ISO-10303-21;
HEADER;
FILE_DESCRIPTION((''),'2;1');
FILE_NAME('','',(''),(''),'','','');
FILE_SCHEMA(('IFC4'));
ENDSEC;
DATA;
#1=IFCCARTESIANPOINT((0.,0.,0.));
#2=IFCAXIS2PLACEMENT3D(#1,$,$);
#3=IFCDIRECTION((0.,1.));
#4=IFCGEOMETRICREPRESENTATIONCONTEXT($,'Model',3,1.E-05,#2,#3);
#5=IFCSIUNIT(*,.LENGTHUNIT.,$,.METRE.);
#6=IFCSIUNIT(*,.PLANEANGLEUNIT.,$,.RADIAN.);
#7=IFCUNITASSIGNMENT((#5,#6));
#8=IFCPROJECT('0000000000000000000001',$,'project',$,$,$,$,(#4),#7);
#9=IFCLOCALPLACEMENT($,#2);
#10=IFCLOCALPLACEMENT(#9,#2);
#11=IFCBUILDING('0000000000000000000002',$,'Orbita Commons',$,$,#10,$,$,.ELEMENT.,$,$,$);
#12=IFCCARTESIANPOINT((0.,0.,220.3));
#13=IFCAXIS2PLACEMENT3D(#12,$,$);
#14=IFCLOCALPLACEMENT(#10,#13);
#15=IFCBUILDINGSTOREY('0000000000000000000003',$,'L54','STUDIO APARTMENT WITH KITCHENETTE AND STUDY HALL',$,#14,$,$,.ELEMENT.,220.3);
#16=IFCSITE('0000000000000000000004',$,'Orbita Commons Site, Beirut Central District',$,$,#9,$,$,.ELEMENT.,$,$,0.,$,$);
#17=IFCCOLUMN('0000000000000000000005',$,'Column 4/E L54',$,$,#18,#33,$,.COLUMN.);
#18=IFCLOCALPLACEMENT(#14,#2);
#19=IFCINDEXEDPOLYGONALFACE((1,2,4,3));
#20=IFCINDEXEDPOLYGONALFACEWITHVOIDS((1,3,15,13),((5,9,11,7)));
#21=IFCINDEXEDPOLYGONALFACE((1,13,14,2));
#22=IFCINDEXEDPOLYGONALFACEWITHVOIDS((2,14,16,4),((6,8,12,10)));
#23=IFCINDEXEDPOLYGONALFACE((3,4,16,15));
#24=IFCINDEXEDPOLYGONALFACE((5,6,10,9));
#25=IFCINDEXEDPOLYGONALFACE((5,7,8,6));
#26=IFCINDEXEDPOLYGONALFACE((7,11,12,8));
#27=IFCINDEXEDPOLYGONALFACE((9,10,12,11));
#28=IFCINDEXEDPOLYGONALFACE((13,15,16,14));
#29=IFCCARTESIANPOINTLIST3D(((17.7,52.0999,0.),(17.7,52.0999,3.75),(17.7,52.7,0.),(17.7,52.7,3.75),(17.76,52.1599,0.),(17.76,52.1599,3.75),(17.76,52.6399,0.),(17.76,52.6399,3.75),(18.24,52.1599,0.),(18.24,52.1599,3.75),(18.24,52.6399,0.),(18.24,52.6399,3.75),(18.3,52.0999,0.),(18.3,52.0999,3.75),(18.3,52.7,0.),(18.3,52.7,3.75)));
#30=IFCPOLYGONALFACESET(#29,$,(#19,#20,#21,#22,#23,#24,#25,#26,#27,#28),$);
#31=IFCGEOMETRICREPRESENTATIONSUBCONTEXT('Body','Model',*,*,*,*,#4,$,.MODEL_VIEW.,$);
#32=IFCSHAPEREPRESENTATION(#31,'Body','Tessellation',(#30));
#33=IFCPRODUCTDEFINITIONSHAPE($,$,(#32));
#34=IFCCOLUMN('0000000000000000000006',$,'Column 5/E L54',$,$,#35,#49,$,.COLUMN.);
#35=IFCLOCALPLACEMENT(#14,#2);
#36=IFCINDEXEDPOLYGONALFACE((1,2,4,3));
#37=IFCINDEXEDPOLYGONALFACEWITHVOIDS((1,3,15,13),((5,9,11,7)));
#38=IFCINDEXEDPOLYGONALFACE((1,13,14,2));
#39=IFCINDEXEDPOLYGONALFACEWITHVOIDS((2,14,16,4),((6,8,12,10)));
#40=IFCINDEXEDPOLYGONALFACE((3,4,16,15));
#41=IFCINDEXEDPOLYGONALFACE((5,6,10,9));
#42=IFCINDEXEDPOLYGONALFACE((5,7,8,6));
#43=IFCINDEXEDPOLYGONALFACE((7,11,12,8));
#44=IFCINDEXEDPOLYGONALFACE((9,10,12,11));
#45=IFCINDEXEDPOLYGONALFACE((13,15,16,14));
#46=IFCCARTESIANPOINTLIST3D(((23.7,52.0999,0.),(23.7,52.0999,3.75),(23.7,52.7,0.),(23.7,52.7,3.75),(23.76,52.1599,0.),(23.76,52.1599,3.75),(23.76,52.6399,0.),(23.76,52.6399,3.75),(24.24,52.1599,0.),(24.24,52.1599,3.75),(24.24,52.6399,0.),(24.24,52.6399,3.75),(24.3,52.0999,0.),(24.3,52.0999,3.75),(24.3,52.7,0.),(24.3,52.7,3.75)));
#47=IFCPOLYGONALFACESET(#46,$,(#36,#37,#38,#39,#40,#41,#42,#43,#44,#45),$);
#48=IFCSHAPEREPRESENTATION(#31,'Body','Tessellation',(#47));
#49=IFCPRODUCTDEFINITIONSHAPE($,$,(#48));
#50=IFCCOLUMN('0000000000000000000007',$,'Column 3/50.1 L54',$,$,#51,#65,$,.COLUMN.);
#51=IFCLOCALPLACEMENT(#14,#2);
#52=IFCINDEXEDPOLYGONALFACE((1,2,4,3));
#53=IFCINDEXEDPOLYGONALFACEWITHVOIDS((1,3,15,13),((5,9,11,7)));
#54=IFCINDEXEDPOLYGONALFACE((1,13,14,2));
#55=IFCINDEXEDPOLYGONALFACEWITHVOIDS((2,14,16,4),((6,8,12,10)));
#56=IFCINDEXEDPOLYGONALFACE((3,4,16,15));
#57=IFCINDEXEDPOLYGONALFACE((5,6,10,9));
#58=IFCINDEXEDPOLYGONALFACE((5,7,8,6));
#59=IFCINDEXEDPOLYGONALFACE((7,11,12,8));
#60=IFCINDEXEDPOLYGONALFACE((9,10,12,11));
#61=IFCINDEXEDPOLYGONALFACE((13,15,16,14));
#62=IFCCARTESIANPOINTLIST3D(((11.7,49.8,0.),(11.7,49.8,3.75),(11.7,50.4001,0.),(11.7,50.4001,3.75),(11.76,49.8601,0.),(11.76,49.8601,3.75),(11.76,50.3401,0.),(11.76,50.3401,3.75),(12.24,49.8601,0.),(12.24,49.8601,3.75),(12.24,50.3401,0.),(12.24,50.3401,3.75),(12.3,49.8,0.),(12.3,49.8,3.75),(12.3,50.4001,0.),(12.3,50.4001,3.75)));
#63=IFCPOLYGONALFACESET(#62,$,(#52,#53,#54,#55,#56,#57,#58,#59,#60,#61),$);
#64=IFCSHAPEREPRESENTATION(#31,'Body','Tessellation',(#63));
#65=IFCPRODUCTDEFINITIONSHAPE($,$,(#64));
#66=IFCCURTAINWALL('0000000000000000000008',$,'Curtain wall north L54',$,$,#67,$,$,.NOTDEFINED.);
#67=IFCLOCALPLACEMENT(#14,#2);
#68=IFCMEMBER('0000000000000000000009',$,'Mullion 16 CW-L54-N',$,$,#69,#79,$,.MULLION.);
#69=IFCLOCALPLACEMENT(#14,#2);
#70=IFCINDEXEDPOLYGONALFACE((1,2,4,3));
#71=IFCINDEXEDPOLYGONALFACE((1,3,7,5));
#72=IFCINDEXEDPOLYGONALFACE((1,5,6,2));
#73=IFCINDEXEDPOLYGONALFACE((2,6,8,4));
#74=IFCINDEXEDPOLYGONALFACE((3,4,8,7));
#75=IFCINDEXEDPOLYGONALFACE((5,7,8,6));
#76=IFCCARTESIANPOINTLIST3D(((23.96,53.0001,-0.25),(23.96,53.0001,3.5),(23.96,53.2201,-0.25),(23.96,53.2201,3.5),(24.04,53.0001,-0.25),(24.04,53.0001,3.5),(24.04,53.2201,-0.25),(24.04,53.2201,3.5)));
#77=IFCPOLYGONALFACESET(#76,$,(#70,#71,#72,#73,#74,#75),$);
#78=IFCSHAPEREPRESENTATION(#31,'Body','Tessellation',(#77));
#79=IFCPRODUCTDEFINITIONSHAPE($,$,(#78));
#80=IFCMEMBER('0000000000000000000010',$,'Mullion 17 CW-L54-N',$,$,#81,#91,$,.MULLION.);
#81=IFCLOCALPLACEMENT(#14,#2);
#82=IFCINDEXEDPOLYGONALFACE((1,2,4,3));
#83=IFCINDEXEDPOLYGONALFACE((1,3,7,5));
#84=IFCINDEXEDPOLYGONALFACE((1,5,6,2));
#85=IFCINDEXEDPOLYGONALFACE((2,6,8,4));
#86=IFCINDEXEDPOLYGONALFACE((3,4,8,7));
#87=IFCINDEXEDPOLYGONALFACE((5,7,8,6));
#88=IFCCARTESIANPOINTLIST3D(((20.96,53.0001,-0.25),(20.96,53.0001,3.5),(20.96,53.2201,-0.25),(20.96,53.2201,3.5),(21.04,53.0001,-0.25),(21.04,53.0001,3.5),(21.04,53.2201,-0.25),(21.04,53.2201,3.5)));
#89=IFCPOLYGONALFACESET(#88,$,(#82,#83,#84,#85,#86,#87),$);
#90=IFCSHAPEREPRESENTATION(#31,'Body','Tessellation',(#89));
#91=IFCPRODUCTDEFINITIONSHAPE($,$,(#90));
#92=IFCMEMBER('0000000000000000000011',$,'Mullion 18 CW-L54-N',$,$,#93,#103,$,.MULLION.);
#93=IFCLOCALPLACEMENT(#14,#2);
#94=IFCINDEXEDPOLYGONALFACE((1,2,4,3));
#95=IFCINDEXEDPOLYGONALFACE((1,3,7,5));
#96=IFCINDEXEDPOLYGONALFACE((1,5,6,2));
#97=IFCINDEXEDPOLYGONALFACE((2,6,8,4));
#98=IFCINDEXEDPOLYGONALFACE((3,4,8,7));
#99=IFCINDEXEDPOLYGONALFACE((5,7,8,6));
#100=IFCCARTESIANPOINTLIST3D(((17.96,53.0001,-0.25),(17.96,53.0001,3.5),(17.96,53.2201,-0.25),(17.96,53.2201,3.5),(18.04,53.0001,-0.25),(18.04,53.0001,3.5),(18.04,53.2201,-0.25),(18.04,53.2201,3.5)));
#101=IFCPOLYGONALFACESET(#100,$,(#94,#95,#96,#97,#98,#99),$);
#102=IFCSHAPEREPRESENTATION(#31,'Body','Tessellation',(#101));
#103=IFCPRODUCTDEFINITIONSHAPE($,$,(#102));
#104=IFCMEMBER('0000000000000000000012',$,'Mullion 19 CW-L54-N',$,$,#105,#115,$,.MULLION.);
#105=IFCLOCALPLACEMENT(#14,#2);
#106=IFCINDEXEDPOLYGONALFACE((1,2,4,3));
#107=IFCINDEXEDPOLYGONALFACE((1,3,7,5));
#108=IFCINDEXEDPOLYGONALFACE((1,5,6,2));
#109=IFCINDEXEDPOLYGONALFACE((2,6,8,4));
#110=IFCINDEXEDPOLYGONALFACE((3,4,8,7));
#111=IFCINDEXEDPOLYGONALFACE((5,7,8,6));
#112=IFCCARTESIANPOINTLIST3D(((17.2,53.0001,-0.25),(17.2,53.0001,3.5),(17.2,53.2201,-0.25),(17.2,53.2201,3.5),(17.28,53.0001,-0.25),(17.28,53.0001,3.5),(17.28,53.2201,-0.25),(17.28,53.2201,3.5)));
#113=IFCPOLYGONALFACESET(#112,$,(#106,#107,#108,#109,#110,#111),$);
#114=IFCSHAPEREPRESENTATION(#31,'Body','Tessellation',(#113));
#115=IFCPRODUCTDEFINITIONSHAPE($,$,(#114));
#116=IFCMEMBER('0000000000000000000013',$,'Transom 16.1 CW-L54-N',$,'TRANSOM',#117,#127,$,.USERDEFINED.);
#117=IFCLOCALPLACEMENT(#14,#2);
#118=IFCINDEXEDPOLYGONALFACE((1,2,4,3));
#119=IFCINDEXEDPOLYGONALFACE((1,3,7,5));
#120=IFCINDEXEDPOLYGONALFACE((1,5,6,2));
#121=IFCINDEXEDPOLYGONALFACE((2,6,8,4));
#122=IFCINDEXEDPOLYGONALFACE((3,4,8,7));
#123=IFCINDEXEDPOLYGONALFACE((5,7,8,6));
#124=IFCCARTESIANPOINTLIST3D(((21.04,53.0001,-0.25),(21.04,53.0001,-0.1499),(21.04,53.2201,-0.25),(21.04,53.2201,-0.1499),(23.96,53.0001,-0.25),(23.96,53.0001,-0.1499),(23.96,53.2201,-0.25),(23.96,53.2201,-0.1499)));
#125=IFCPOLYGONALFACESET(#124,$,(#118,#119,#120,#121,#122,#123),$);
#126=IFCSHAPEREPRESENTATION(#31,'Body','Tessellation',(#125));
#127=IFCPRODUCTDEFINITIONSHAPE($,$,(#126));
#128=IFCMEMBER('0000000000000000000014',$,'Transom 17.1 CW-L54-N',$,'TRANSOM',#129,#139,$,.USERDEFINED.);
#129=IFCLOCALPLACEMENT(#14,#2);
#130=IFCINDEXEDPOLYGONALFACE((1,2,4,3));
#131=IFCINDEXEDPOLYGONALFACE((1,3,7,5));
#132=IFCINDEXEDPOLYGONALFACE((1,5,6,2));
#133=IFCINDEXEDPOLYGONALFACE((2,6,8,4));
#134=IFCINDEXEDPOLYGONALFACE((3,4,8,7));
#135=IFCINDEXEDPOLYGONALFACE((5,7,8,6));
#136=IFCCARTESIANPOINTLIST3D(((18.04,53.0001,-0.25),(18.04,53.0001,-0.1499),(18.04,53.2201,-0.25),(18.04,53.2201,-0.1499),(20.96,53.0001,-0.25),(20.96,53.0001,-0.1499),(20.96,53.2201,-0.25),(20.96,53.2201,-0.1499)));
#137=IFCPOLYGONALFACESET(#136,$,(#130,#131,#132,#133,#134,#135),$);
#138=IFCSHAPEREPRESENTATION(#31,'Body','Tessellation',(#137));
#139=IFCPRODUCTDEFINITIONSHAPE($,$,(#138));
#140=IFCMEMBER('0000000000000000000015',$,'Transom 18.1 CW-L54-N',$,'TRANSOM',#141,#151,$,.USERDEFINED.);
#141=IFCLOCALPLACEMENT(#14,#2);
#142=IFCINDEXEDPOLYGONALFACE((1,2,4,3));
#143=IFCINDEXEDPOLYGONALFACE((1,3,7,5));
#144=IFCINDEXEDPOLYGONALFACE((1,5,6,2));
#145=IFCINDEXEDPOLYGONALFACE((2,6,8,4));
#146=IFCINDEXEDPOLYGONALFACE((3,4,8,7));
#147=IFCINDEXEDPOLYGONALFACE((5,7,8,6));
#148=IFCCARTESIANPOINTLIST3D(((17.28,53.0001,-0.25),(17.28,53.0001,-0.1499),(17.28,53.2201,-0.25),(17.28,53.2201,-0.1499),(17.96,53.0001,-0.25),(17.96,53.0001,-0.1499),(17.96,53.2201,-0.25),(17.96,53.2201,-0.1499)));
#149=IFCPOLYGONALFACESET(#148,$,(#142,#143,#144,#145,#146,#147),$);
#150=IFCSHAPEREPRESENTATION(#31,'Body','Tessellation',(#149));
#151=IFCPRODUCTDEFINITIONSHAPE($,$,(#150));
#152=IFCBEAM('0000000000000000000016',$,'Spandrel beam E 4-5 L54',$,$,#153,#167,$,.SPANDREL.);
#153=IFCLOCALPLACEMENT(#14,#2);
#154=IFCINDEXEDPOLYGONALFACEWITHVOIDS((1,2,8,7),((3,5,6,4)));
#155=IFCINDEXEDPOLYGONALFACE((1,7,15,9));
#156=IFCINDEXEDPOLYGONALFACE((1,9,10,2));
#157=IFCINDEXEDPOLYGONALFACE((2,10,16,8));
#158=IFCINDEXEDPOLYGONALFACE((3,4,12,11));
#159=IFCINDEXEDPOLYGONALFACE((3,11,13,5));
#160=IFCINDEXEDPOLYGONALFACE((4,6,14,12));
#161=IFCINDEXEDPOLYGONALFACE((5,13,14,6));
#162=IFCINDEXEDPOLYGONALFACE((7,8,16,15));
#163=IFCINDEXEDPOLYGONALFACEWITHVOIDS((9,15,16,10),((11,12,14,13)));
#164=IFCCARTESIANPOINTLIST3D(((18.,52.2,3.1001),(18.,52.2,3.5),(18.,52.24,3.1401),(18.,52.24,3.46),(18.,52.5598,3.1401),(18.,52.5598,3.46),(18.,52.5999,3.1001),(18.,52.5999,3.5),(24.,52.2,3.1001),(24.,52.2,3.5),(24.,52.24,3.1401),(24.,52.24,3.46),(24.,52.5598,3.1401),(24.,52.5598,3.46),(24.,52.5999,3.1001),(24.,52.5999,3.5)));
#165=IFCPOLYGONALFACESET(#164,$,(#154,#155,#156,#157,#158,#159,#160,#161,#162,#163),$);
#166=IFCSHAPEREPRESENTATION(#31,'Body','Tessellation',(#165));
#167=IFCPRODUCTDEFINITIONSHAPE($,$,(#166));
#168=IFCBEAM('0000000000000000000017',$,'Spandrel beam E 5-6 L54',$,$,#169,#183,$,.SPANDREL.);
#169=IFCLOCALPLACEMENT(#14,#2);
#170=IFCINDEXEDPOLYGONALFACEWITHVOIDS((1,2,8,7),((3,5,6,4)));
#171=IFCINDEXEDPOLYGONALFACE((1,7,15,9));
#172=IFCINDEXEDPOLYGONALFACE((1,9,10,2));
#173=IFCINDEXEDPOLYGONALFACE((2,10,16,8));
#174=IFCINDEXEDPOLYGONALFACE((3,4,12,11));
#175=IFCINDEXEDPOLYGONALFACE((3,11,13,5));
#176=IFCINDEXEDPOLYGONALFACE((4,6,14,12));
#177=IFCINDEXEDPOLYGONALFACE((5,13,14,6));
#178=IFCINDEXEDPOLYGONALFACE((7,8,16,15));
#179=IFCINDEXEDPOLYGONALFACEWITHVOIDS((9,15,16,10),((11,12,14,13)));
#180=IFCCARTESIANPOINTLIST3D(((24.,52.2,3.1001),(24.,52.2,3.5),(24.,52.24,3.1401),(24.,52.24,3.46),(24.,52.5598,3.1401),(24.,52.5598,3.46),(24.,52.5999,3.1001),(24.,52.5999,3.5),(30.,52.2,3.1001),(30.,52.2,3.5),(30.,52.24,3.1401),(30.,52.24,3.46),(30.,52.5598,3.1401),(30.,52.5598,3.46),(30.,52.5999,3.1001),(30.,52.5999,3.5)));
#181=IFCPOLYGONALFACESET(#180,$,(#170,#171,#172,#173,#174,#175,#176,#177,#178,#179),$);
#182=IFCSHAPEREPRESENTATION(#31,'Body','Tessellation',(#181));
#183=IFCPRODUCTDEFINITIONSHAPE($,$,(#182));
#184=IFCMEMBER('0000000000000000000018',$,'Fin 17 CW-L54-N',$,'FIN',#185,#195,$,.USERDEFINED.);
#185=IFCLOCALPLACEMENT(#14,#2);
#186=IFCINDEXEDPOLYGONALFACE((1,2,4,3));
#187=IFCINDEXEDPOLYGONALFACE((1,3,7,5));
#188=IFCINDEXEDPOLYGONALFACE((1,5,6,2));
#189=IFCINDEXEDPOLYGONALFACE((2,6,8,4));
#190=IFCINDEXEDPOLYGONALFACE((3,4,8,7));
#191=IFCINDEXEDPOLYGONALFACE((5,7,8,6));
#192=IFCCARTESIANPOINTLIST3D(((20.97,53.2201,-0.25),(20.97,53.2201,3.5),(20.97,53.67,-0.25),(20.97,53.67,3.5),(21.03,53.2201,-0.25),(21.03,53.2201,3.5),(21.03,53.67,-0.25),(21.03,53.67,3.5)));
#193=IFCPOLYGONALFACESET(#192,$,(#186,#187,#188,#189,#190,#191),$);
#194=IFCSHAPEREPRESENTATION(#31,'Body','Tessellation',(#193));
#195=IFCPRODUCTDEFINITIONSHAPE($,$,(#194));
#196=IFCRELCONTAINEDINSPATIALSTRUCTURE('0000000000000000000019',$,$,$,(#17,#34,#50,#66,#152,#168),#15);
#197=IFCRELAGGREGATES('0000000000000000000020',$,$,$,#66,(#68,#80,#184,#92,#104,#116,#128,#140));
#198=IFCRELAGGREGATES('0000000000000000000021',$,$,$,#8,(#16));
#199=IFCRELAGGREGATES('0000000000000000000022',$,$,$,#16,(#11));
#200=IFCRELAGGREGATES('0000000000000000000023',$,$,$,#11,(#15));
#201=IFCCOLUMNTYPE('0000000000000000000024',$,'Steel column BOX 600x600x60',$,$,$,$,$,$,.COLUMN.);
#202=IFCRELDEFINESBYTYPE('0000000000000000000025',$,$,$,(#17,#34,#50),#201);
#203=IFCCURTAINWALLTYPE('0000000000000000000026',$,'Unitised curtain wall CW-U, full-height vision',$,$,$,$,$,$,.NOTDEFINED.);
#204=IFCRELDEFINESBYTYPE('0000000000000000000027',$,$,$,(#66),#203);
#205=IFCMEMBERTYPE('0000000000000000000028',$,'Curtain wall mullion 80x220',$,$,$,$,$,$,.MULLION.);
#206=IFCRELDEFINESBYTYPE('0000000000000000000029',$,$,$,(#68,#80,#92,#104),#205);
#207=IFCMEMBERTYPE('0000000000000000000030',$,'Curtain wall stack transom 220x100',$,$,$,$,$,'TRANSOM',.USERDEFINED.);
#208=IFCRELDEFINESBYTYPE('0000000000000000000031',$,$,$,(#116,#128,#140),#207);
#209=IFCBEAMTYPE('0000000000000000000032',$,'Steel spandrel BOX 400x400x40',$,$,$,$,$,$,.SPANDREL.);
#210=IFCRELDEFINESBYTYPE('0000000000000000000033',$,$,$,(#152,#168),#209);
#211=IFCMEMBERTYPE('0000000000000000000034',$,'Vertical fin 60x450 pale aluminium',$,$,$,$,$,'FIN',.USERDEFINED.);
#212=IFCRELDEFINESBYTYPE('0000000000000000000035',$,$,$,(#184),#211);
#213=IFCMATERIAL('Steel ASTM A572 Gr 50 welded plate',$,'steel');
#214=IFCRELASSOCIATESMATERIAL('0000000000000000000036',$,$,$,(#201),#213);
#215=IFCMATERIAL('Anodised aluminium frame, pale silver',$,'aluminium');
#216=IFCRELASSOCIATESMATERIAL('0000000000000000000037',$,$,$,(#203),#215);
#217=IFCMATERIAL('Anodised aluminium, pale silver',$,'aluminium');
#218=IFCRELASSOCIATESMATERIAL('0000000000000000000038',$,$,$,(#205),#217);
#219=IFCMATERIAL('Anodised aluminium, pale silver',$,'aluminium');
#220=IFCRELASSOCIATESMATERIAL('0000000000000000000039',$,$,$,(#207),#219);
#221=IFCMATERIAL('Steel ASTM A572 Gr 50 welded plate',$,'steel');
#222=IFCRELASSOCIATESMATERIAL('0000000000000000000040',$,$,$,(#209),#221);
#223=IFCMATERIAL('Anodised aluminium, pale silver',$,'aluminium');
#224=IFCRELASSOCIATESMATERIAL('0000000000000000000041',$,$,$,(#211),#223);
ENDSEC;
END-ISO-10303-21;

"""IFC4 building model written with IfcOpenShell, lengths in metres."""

from ifc_helpers import new_model, si_unit, direction, frame, origin, origin_2d, place, context, subcontext, project, spatial, rectangle, hollow_rectangle, extrude, material, material_profile, profile_set, type_object, element, aggregate, save


model = new_model("IFC4")

# Units and contexts
model_context = context("Model", 3, precision=1e-05, world=origin(), true_north=direction((0.0, 1.0)))
body_context = subcontext(model_context, "Body", "Model", "MODEL_VIEW")
ifc_project = project(units=[si_unit("LENGTHUNIT", "METRE"), si_unit("PLANEANGLEUNIT", "RADIAN")], contexts=[model_context])

# Site, building, storey
site_placement = place(None, origin())
site = spatial("IfcSite", under=ifc_project, at=site_placement, Name="Orbita Commons Site, Beirut Central District", CompositionType="ELEMENT", RefElevation=0.0)
building_placement = place(site_placement, origin())
building = spatial("IfcBuilding", under=site, at=building_placement, Name="Orbita Commons", CompositionType="ELEMENT")
storey_placement = place(building_placement, frame((0.0, 0.0, 220.3)))
storey = spatial("IfcBuildingStorey", under=building, at=storey_placement, Name="L54", Description="STUDIO APARTMENT WITH KITCHENETTE AND STUDY HALL", CompositionType="ELEMENT", Elevation=220.3)

# Columns
ifc_material_1 = material(Name="Steel ASTM A572 Gr 50 welded plate", Category="steel")
ifc_material_profile_1 = material_profile(ifc_material_1, hollow_rectangle(XDim=0.6001, YDim=0.6001, WallThickness=0.0601, at=origin_2d()), Name="BOX 600x600x60")
ifc_profile_set_1 = profile_set([ifc_material_profile_1], Name="Steel ASTM A572 Gr 50 welded plate")
column_type = type_object("IfcColumnType", Name="Steel column BOX 600x600x60", PredefinedType="COLUMN", material=ifc_profile_set_1)
for number, where, z_axis, x_axis, name in (
    (1, (18.0, 52.3999, 0.0), (0.0, 0.0, 1.0), (1.0, 0.0, 0.0), "Column 4/E L54"),
    (2, (24.0, 52.3999, 0.0), (0.0, 0.0, 1.0), (1.0, 0.0, 0.0), "Column 5/E L54"),
    (3, (12.0, 50.1001, 0.0), (0.0, 0.0, 1.0), (1.0, 0.0, 0.0), "Column 3/50.1 L54"),
):
    element("IfcColumn", number, at=place(storey_placement, frame(where, z_axis=z_axis, x_axis=x_axis)), inside=storey, type_object=column_type, Name=name, PredefinedType="COLUMN", context=body_context, shape_type="SweptSolid", body=[
        extrude(hollow_rectangle(XDim=0.6001, YDim=0.6001, WallThickness=0.0601, at=origin_2d()), origin(), (0.0, 0.0, 1.0), 3.75),
    ])

# Curtain wall, members
ifc_material_2 = material(Name="Anodised aluminium frame, pale silver", Category="aluminium")
curtain_wall_type = type_object("IfcCurtainWallType", Name="Unitised curtain wall CW-U, full-height vision", PredefinedType="NOTDEFINED", material=ifc_material_2)
curtain_wall_placement = place(storey_placement, origin())
curtain_wall = element("IfcCurtainWall", 4, at=curtain_wall_placement, inside=storey, type_object=curtain_wall_type, Name="Curtain wall north L54", PredefinedType="NOTDEFINED")
ifc_material_3 = material(Name="Anodised aluminium, pale silver", Category="aluminium")
ifc_material_profile_2 = material_profile(ifc_material_3, rectangle(XDim=0.0801, YDim=0.22, at=origin_2d()), Name="AL 80x220")
ifc_profile_set_2 = profile_set([ifc_material_profile_2], Name="Anodised aluminium, pale silver")
member_type_1 = type_object("IfcMemberType", Name="Curtain wall mullion 80x220", PredefinedType="MULLION", material=ifc_profile_set_2)
member_1_placement = place(storey_placement, frame((24.0, 53.1101, -0.25), z_axis=(0.0, 0.0, 1.0), x_axis=(-1.0, 0.0, 0.0)))
member_1 = element("IfcMember", 5, at=member_1_placement, type_object=member_type_1, Name="Mullion 16 CW-L54-N", PredefinedType="MULLION", context=body_context, shape_type="SweptSolid", body=[
    extrude(rectangle(XDim=0.0801, YDim=0.22, at=origin_2d()), origin(), (0.0, 0.0, 1.0), 3.75),
])
member_2_placement = place(storey_placement, frame((21.0, 53.1101, -0.25), z_axis=(0.0, 0.0, 1.0), x_axis=(-1.0, 0.0, 0.0)))
member_2 = element("IfcMember", 6, at=member_2_placement, type_object=member_type_1, Name="Mullion 17 CW-L54-N", PredefinedType="MULLION", context=body_context, shape_type="SweptSolid", body=[
    extrude(rectangle(XDim=0.0801, YDim=0.22, at=origin_2d()), origin(), (0.0, 0.0, 1.0), 3.75),
])
member_3_placement = place(storey_placement, frame((18.0, 53.1101, -0.25), z_axis=(0.0, 0.0, 1.0), x_axis=(-1.0, 0.0, 0.0)))
member_3 = element("IfcMember", 7, at=member_3_placement, type_object=member_type_1, Name="Mullion 18 CW-L54-N", PredefinedType="MULLION", context=body_context, shape_type="SweptSolid", body=[
    extrude(rectangle(XDim=0.0801, YDim=0.22, at=origin_2d()), origin(), (0.0, 0.0, 1.0), 3.75),
])
member_4_placement = place(storey_placement, frame((17.24, 53.1101, -0.25), z_axis=(0.0, 0.0, 1.0), x_axis=(-1.0, 0.0, 0.0)))
member_4 = element("IfcMember", 8, at=member_4_placement, type_object=member_type_1, Name="Mullion 19 CW-L54-N", PredefinedType="MULLION", context=body_context, shape_type="SweptSolid", body=[
    extrude(rectangle(XDim=0.0801, YDim=0.22, at=origin_2d()), origin(), (0.0, 0.0, 1.0), 3.75),
])
ifc_material_4 = material(Name="Anodised aluminium, pale silver", Category="aluminium")
ifc_material_profile_3 = material_profile(ifc_material_4, rectangle(XDim=0.22, YDim=0.1001, at=origin_2d()), Name="AL 220x100")
ifc_profile_set_3 = profile_set([ifc_material_profile_3], Name="Anodised aluminium, pale silver")
member_type_2 = type_object("IfcMemberType", Name="Curtain wall stack transom 220x100", ElementType="TRANSOM", PredefinedType="USERDEFINED", material=ifc_profile_set_3)
member_5_placement = place(storey_placement, frame((23.96, 53.1101, -0.2), z_axis=(-1.0, 0.0, 0.0), x_axis=(0.0, -1.0, 0.0)))
member_5 = element("IfcMember", 9, at=member_5_placement, type_object=member_type_2, Name="Transom 16.1 CW-L54-N", ObjectType="TRANSOM", PredefinedType="USERDEFINED", context=body_context, shape_type="SweptSolid", body=[
    extrude(rectangle(XDim=0.22, YDim=0.1001, at=origin_2d()), origin(), (0.0, 0.0, 1.0), 2.9199),
])
member_6_placement = place(storey_placement, frame((20.96, 53.1101, -0.2), z_axis=(-1.0, 0.0, 0.0), x_axis=(0.0, -1.0, 0.0)))
member_6 = element("IfcMember", 10, at=member_6_placement, type_object=member_type_2, Name="Transom 17.1 CW-L54-N", ObjectType="TRANSOM", PredefinedType="USERDEFINED", context=body_context, shape_type="SweptSolid", body=[
    extrude(rectangle(XDim=0.22, YDim=0.1001, at=origin_2d()), origin(), (0.0, 0.0, 1.0), 2.9199),
])
member_7_placement = place(storey_placement, frame((17.96, 53.1101, -0.2), z_axis=(-1.0, 0.0, 0.0), x_axis=(0.0, -1.0, 0.0)))
member_7 = element("IfcMember", 11, at=member_7_placement, type_object=member_type_2, Name="Transom 18.1 CW-L54-N", ObjectType="TRANSOM", PredefinedType="USERDEFINED", context=body_context, shape_type="SweptSolid", body=[
    extrude(rectangle(XDim=0.22, YDim=0.1001, at=origin_2d()), origin(), (0.0, 0.0, 1.0), 0.6799),
])

# Beams
ifc_material_5 = material(Name="Steel ASTM A572 Gr 50 welded plate", Category="steel")
ifc_material_profile_4 = material_profile(ifc_material_5, hollow_rectangle(XDim=0.3999, YDim=0.3999, WallThickness=0.04, at=origin_2d()), Name="BOX 400x400x40")
ifc_profile_set_4 = profile_set([ifc_material_profile_4], Name="Steel ASTM A572 Gr 50 welded plate")
beam_type = type_object("IfcBeamType", Name="Steel spandrel BOX 400x400x40", PredefinedType="SPANDREL", material=ifc_profile_set_4)
for number, where, z_axis, x_axis, name in (
    (12, (18.0, 52.3999, 3.3), (1.0, 0.0, 0.0), (0.0, 1.0, 0.0), "Spandrel beam E 4-5 L54"),
    (13, (24.0, 52.3999, 3.3), (1.0, 0.0, 0.0), (0.0, 1.0, 0.0), "Spandrel beam E 5-6 L54"),
):
    element("IfcBeam", number, at=place(storey_placement, frame(where, z_axis=z_axis, x_axis=x_axis)), inside=storey, type_object=beam_type, Name=name, PredefinedType="SPANDREL", context=body_context, shape_type="SweptSolid", body=[
        extrude(hollow_rectangle(XDim=0.3999, YDim=0.3999, WallThickness=0.04, at=origin_2d()), origin(), (0.0, 0.0, 1.0), 6.0),
    ])

# Member
ifc_material_6 = material(Name="Anodised aluminium, pale silver", Category="aluminium")
ifc_material_profile_5 = material_profile(ifc_material_6, rectangle(XDim=0.0601, YDim=0.45, at=origin_2d()), Name="FIN 60x450")
ifc_profile_set_5 = profile_set([ifc_material_profile_5], Name="Anodised aluminium, pale silver")
member_type_3 = type_object("IfcMemberType", Name="Vertical fin 60x450 pale aluminium", ElementType="FIN", PredefinedType="USERDEFINED", material=ifc_profile_set_5)
member_8_placement = place(storey_placement, frame((21.0, 53.4451, -0.25), z_axis=(0.0, 0.0, 1.0), x_axis=(-1.0, 0.0, 0.0)))
member_8 = element("IfcMember", 14, at=member_8_placement, type_object=member_type_3, Name="Fin 17 CW-L54-N", ObjectType="FIN", PredefinedType="USERDEFINED", context=body_context, shape_type="SweptSolid", body=[
    extrude(rectangle(XDim=0.0601, YDim=0.45, at=origin_2d()), origin(), (0.0, 0.0, 1.0), 3.75),
])

aggregate(curtain_wall, [member_1, member_2, member_8, member_3, member_4, member_5, member_6, member_7])

save(model, "model.ifc")
